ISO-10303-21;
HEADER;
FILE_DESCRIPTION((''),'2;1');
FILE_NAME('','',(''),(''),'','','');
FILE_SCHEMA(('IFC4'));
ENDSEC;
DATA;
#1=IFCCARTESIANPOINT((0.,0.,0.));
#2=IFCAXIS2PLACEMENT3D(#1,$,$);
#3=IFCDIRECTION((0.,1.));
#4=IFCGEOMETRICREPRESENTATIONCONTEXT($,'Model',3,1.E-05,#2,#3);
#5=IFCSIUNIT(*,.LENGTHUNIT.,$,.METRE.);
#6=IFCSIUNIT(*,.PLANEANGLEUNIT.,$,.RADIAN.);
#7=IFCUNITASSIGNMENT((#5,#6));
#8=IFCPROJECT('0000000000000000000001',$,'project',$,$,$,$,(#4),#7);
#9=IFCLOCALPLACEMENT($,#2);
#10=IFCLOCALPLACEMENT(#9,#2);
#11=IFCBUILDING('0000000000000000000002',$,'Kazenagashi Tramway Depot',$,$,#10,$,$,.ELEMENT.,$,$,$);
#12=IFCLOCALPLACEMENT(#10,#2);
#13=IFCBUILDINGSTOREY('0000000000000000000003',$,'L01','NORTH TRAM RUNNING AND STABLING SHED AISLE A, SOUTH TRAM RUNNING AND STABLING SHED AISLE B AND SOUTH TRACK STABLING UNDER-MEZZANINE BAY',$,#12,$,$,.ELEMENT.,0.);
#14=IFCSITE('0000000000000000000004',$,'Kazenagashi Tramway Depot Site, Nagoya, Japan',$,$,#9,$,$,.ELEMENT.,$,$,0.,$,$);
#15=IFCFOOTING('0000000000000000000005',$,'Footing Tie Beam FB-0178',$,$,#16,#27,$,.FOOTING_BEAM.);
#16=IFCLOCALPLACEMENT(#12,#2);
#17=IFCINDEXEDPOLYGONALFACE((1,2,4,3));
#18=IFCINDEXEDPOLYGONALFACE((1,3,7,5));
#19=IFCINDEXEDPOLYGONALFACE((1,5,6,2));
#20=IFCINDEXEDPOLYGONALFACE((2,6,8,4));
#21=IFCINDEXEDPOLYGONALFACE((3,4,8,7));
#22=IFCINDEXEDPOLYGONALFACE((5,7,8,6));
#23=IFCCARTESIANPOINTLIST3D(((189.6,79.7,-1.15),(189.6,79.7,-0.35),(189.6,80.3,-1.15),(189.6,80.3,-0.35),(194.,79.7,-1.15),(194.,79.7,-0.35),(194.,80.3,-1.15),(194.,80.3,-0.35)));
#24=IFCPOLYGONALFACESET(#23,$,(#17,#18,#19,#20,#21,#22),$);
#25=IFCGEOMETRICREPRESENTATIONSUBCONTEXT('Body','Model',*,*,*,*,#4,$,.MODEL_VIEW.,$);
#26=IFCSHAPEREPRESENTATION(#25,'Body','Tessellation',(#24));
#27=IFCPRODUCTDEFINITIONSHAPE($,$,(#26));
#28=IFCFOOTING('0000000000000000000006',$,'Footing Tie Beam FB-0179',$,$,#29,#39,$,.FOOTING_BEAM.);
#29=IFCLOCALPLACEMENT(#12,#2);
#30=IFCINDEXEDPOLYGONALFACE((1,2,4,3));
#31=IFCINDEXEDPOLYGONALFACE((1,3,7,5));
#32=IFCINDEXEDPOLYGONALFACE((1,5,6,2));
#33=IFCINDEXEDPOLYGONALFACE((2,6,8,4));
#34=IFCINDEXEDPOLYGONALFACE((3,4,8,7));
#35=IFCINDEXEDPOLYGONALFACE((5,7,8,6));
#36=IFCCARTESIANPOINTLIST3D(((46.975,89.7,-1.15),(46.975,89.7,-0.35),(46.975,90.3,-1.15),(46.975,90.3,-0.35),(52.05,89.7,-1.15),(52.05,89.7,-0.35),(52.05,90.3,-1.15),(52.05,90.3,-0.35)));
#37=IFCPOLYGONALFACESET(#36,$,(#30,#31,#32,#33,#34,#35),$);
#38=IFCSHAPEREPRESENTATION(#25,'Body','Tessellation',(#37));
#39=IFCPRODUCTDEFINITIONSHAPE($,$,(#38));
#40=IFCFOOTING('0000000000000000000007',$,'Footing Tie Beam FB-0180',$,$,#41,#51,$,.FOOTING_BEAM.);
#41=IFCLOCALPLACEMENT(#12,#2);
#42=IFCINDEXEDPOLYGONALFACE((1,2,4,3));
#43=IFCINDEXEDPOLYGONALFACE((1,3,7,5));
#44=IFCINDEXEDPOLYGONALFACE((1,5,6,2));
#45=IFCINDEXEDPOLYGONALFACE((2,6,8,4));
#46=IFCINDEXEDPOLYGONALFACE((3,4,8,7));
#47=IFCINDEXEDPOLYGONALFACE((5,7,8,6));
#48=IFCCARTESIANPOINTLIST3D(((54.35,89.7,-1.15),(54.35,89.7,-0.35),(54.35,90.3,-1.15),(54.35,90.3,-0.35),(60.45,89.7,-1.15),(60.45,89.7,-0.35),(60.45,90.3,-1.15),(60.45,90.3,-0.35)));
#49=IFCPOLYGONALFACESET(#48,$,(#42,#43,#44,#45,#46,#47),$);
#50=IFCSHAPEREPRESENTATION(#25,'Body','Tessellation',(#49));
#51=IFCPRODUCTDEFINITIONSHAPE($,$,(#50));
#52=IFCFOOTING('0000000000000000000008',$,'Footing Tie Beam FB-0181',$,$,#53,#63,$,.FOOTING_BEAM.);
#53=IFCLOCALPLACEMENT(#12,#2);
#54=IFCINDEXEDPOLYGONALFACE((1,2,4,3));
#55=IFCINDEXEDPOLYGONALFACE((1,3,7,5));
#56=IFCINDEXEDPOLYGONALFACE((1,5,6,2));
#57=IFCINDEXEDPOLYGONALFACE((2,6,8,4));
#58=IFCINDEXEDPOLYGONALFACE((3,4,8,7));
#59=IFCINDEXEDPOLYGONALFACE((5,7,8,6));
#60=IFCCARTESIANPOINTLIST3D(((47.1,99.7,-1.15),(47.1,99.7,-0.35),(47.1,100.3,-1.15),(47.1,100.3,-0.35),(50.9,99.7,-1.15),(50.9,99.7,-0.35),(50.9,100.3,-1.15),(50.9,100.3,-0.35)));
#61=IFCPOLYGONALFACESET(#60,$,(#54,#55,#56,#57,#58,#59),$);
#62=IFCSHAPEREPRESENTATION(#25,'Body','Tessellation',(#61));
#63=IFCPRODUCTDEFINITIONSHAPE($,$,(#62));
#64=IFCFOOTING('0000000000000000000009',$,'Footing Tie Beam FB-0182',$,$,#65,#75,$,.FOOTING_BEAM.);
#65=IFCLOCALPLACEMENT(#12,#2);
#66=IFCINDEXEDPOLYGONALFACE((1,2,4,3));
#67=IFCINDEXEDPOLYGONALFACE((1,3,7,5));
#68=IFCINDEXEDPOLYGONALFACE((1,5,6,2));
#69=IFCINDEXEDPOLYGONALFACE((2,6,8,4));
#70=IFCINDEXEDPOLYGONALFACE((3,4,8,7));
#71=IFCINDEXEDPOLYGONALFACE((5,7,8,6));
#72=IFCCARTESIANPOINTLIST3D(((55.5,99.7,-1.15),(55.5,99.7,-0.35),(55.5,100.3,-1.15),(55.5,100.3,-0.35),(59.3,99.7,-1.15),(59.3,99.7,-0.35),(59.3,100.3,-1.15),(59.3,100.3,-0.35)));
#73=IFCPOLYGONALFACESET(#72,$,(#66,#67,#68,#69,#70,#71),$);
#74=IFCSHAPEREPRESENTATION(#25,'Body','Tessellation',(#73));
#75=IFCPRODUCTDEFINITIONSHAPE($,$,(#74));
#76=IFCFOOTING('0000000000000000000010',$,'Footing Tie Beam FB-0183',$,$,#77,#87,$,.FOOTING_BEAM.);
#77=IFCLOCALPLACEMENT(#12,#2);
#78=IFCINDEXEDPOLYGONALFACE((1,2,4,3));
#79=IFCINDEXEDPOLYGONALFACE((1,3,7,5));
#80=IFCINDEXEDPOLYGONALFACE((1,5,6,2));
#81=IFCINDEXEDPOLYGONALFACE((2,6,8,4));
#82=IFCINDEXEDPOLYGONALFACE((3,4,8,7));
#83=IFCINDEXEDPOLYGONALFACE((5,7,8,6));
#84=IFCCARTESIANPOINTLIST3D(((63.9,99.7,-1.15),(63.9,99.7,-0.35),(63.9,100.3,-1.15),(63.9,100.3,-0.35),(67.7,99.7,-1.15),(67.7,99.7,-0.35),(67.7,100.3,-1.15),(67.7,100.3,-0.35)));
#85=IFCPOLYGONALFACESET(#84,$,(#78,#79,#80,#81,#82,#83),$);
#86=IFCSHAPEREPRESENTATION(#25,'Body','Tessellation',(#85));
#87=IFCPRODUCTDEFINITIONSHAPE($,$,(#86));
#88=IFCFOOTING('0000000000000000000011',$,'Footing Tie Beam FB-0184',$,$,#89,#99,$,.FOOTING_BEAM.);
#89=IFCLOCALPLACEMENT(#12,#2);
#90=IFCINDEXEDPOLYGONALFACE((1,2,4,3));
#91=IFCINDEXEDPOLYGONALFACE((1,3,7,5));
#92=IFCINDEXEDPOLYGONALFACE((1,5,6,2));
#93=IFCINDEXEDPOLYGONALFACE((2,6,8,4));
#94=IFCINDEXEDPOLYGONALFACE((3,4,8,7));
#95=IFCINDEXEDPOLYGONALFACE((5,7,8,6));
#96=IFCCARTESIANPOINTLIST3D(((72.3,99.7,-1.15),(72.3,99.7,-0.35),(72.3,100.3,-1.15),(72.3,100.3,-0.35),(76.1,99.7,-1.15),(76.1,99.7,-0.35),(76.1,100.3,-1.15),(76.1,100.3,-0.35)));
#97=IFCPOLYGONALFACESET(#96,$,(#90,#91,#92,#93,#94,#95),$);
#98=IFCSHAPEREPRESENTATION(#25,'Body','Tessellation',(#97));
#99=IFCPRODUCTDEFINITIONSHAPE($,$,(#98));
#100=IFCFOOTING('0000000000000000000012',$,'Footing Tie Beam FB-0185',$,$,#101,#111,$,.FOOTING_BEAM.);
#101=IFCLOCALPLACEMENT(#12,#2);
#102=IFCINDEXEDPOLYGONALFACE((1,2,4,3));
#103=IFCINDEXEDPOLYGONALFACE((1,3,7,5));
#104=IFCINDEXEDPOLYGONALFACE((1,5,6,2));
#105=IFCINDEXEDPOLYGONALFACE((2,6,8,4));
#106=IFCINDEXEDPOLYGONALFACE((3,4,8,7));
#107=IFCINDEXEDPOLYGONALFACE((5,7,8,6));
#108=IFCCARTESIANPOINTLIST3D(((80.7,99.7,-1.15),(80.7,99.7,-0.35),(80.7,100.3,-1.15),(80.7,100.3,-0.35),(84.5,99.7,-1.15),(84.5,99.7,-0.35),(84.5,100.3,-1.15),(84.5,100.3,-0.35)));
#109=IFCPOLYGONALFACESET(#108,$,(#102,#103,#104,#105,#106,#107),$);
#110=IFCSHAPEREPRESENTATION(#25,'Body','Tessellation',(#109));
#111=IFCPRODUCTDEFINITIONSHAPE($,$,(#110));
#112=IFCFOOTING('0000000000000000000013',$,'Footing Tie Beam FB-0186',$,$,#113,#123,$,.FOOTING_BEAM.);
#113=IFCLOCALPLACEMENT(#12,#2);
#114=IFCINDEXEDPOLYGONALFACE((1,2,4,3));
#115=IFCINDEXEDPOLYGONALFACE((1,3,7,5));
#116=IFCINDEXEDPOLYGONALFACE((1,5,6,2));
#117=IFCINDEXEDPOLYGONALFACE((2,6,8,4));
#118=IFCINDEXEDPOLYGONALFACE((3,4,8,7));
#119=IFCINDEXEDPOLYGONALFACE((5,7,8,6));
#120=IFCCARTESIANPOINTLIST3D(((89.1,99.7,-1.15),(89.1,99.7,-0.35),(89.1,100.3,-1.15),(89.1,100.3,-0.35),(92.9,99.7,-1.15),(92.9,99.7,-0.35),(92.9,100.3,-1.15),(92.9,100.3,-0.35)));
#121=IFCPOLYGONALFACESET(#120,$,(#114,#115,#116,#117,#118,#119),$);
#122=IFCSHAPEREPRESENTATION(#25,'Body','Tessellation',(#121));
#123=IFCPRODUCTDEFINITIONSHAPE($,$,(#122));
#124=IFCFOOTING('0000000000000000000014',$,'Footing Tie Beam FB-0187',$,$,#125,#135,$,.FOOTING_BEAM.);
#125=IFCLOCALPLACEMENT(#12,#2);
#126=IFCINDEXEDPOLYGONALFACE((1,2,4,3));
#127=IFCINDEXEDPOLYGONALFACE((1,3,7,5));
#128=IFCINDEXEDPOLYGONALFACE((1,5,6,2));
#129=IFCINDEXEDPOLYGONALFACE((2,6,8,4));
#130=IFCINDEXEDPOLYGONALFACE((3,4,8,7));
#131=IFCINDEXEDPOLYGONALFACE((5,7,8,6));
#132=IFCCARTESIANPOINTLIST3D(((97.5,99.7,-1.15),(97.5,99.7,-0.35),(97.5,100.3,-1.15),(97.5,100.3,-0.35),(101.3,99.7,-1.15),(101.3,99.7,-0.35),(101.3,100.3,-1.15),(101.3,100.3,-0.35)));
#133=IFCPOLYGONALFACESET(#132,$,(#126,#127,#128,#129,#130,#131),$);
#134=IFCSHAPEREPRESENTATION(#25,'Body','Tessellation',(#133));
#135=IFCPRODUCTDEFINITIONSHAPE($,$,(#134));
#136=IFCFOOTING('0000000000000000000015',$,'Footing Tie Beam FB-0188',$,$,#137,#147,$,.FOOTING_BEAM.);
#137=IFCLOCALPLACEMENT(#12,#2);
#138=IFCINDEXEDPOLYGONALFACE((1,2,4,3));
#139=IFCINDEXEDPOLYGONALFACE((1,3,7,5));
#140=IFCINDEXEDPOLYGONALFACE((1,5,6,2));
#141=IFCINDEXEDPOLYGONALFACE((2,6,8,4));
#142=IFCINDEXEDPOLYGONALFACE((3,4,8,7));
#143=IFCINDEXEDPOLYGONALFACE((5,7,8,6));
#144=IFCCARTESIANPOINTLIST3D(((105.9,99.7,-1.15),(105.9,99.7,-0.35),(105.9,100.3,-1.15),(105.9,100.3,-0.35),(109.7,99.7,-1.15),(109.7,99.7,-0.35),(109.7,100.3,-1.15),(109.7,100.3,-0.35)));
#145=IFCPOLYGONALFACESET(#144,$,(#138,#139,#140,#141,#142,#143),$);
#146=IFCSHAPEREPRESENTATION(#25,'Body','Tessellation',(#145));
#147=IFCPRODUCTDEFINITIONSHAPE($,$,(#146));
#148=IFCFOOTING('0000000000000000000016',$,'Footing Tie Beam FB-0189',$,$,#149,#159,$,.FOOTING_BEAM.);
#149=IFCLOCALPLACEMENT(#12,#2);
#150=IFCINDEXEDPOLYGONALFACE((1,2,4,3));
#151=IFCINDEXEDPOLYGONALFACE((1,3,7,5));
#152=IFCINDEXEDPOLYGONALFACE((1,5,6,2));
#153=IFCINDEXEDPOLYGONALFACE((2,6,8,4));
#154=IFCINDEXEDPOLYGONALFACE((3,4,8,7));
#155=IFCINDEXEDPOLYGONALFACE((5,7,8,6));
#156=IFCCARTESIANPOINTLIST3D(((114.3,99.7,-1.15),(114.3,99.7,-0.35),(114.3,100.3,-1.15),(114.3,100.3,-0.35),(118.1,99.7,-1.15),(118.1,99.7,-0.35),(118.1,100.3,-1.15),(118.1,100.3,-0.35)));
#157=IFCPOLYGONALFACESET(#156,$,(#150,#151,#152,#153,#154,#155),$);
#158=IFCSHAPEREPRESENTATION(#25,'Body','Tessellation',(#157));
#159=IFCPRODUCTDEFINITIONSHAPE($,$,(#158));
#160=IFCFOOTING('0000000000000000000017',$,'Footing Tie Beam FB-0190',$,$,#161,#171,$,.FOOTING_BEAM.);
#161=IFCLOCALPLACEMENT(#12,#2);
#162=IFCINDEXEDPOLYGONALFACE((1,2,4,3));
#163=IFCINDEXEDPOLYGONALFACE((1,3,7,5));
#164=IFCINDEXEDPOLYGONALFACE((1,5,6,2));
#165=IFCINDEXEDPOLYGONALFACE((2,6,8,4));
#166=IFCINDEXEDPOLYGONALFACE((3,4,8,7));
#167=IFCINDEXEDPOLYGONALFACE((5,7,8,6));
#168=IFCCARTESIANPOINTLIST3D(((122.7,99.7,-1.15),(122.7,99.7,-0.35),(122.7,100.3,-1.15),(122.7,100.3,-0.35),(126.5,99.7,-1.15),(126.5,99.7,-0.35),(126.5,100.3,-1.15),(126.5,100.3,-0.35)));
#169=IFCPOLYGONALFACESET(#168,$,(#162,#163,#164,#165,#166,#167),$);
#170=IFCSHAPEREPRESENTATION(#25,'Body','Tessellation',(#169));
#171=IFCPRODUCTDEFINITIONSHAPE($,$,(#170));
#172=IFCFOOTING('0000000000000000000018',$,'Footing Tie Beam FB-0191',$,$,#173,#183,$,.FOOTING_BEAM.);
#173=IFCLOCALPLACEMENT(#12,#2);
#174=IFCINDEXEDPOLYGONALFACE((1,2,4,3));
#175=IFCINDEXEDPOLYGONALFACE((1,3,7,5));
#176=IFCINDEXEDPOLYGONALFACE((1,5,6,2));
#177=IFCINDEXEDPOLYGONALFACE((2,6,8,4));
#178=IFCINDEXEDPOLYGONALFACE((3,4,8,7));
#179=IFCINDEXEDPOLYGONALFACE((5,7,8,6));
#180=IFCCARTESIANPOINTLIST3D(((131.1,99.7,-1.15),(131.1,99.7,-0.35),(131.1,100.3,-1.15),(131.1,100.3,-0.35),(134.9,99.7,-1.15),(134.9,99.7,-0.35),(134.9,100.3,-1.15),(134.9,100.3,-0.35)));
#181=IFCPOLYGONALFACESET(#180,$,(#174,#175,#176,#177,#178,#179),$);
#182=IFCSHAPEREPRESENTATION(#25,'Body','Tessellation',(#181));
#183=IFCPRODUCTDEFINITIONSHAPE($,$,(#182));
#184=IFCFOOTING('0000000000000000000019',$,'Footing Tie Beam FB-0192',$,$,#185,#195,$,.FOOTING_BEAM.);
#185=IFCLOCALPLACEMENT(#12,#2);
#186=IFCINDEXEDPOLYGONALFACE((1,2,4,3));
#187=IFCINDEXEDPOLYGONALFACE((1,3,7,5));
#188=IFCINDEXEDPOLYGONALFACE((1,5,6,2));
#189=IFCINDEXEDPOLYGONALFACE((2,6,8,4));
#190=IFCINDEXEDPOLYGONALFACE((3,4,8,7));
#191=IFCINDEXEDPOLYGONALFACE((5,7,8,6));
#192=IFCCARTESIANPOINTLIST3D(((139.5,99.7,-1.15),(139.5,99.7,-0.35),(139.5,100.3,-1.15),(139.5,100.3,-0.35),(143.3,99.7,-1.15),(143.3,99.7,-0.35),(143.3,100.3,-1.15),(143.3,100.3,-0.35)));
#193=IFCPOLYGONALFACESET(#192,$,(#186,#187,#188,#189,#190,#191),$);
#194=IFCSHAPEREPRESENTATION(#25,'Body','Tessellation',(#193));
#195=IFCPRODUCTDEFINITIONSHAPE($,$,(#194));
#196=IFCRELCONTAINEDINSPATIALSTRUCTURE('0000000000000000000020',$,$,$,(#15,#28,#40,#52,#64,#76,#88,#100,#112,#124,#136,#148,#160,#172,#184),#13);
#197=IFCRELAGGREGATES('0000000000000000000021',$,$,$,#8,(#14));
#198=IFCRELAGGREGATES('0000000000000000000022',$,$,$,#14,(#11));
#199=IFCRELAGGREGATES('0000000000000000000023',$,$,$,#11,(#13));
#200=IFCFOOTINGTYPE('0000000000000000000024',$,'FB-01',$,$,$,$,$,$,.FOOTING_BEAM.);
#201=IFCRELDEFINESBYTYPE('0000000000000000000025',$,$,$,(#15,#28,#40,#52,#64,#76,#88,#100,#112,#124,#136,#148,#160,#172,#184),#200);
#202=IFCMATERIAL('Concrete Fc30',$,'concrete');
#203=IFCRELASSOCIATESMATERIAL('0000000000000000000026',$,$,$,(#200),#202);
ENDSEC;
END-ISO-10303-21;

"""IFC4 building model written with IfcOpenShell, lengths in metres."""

from ifc_helpers import new_model, si_unit, direction, frame, origin, place, context, subcontext, project, spatial, polyline, outline, extrude, material, type_object, element, save


model = new_model("IFC4")

# Units and contexts
model_context = context("Model", 3, precision=1e-05, world=origin(), true_north=direction((0.0, 1.0)))
body_context = subcontext(model_context, "Body", "Model", "MODEL_VIEW")
ifc_project = project(units=[si_unit("LENGTHUNIT", "METRE"), si_unit("PLANEANGLEUNIT", "RADIAN")], contexts=[model_context])

# Site, building, storey
site_placement = place(None, origin())
site = spatial("IfcSite", under=ifc_project, at=site_placement, Name="Kazenagashi Tramway Depot Site, Nagoya, Japan", CompositionType="ELEMENT", RefElevation=0.0)
building_placement = place(site_placement, origin())
building = spatial("IfcBuilding", under=site, at=building_placement, Name="Kazenagashi Tramway Depot", CompositionType="ELEMENT")
storey_placement = place(building_placement, origin())
storey = spatial("IfcBuildingStorey", under=building, at=storey_placement, Name="L01", Description="NORTH TRAM RUNNING AND STABLING SHED AISLE A, SOUTH TRAM RUNNING AND STABLING SHED AISLE B AND SOUTH TRACK STABLING UNDER-MEZZANINE BAY", CompositionType="ELEMENT", Elevation=0.0)

# Footings
ifc_material = material(Name="Concrete Fc30", Category="concrete")
footing_type = type_object("IfcFootingType", Name="FB-01", PredefinedType="FOOTING_BEAM", material=ifc_material)
footing_1_placement = place(storey_placement, frame((0.0, 0.0, -1.15)))
element("IfcFooting", 1, at=footing_1_placement, inside=storey, type_object=footing_type, Name="Footing Tie Beam FB-0178", PredefinedType="FOOTING_BEAM", context=body_context, shape_type="SweptSolid", body=[
    extrude(outline(polyline([(189.6, 79.7), (194.0, 79.7), (194.0, 80.3), (189.6, 80.3), (189.6, 79.7)])), origin(), (0.0, 0.0, 1.0), 0.8),
])
footing_2_placement = place(storey_placement, frame((0.0, 0.0, -1.15)))
element("IfcFooting", 2, at=footing_2_placement, inside=storey, type_object=footing_type, Name="Footing Tie Beam FB-0179", PredefinedType="FOOTING_BEAM", context=body_context, shape_type="SweptSolid", body=[
    extrude(outline(polyline([(46.975, 89.7), (52.05, 89.7), (52.05, 90.3), (46.975, 90.3), (46.975, 89.7)])), origin(), (0.0, 0.0, 1.0), 0.8),
])
footing_3_placement = place(storey_placement, frame((0.0, 0.0, -1.15)))
element("IfcFooting", 3, at=footing_3_placement, inside=storey, type_object=footing_type, Name="Footing Tie Beam FB-0180", PredefinedType="FOOTING_BEAM", context=body_context, shape_type="SweptSolid", body=[
    extrude(outline(polyline([(54.35, 89.7), (60.45, 89.7), (60.45, 90.3), (54.35, 90.3), (54.35, 89.7)])), origin(), (0.0, 0.0, 1.0), 0.8),
])
footing_4_placement = place(storey_placement, frame((0.0, 0.0, -1.15)))
element("IfcFooting", 4, at=footing_4_placement, inside=storey, type_object=footing_type, Name="Footing Tie Beam FB-0181", PredefinedType="FOOTING_BEAM", context=body_context, shape_type="SweptSolid", body=[
    extrude(outline(polyline([(47.1, 99.7), (50.9, 99.7), (50.9, 100.3), (47.1, 100.3), (47.1, 99.7)])), origin(), (0.0, 0.0, 1.0), 0.8),
])
footing_5_placement = place(storey_placement, frame((0.0, 0.0, -1.15)))
element("IfcFooting", 5, at=footing_5_placement, inside=storey, type_object=footing_type, Name="Footing Tie Beam FB-0182", PredefinedType="FOOTING_BEAM", context=body_context, shape_type="SweptSolid", body=[
    extrude(outline(polyline([(55.5, 99.7), (59.3, 99.7), (59.3, 100.3), (55.5, 100.3), (55.5, 99.7)])), origin(), (0.0, 0.0, 1.0), 0.8),
])
footing_6_placement = place(storey_placement, frame((0.0, 0.0, -1.15)))
element("IfcFooting", 6, at=footing_6_placement, inside=storey, type_object=footing_type, Name="Footing Tie Beam FB-0183", PredefinedType="FOOTING_BEAM", context=body_context, shape_type="SweptSolid", body=[
    extrude(outline(polyline([(63.9, 99.7), (67.7, 99.7), (67.7, 100.3), (63.9, 100.3), (63.9, 99.7)])), origin(), (0.0, 0.0, 1.0), 0.8),
])
footing_7_placement = place(storey_placement, frame((0.0, 0.0, -1.15)))
element("IfcFooting", 7, at=footing_7_placement, inside=storey, type_object=footing_type, Name="Footing Tie Beam FB-0184", PredefinedType="FOOTING_BEAM", context=body_context, shape_type="SweptSolid", body=[
    extrude(outline(polyline([(72.3, 99.7), (76.1, 99.7), (76.1, 100.3), (72.3, 100.3), (72.3, 99.7)])), origin(), (0.0, 0.0, 1.0), 0.8),
])
footing_8_placement = place(storey_placement, frame((0.0, 0.0, -1.15)))
element("IfcFooting", 8, at=footing_8_placement, inside=storey, type_object=footing_type, Name="Footing Tie Beam FB-0185", PredefinedType="FOOTING_BEAM", context=body_context, shape_type="SweptSolid", body=[
    extrude(outline(polyline([(80.7, 99.7), (84.5, 99.7), (84.5, 100.3), (80.7, 100.3), (80.7, 99.7)])), origin(), (0.0, 0.0, 1.0), 0.8),
])
footing_9_placement = place(storey_placement, frame((0.0, 0.0, -1.15)))
element("IfcFooting", 9, at=footing_9_placement, inside=storey, type_object=footing_type, Name="Footing Tie Beam FB-0186", PredefinedType="FOOTING_BEAM", context=body_context, shape_type="SweptSolid", body=[
    extrude(outline(polyline([(89.1, 99.7), (92.9, 99.7), (92.9, 100.3), (89.1, 100.3), (89.1, 99.7)])), origin(), (0.0, 0.0, 1.0), 0.8),
])
footing_10_placement = place(storey_placement, frame((0.0, 0.0, -1.15)))
element("IfcFooting", 10, at=footing_10_placement, inside=storey, type_object=footing_type, Name="Footing Tie Beam FB-0187", PredefinedType="FOOTING_BEAM", context=body_context, shape_type="SweptSolid", body=[
    extrude(outline(polyline([(97.5, 99.7), (101.3, 99.7), (101.3, 100.3), (97.5, 100.3), (97.5, 99.7)])), origin(), (0.0, 0.0, 1.0), 0.8),
])
footing_11_placement = place(storey_placement, frame((0.0, 0.0, -1.15)))
element("IfcFooting", 11, at=footing_11_placement, inside=storey, type_object=footing_type, Name="Footing Tie Beam FB-0188", PredefinedType="FOOTING_BEAM", context=body_context, shape_type="SweptSolid", body=[
    extrude(outline(polyline([(105.9, 99.7), (109.7, 99.7), (109.7, 100.3), (105.9, 100.3), (105.9, 99.7)])), origin(), (0.0, 0.0, 1.0), 0.8),
])
footing_12_placement = place(storey_placement, frame((0.0, 0.0, -1.15)))
element("IfcFooting", 12, at=footing_12_placement, inside=storey, type_object=footing_type, Name="Footing Tie Beam FB-0189", PredefinedType="FOOTING_BEAM", context=body_context, shape_type="SweptSolid", body=[
    extrude(outline(polyline([(114.3, 99.7), (118.1, 99.7), (118.1, 100.3), (114.3, 100.3), (114.3, 99.7)])), origin(), (0.0, 0.0, 1.0), 0.8),
])
footing_13_placement = place(storey_placement, frame((0.0, 0.0, -1.15)))
element("IfcFooting", 13, at=footing_13_placement, inside=storey, type_object=footing_type, Name="Footing Tie Beam FB-0190", PredefinedType="FOOTING_BEAM", context=body_context, shape_type="SweptSolid", body=[
    extrude(outline(polyline([(122.7, 99.7), (126.5, 99.7), (126.5, 100.3), (122.7, 100.3), (122.7, 99.7)])), origin(), (0.0, 0.0, 1.0), 0.8),
])
footing_14_placement = place(storey_placement, frame((0.0, 0.0, -1.15)))
element("IfcFooting", 14, at=footing_14_placement, inside=storey, type_object=footing_type, Name="Footing Tie Beam FB-0191", PredefinedType="FOOTING_BEAM", context=body_context, shape_type="SweptSolid", body=[
    extrude(outline(polyline([(131.1, 99.7), (134.9, 99.7), (134.9, 100.3), (131.1, 100.3), (131.1, 99.7)])), origin(), (0.0, 0.0, 1.0), 0.8),
])
footing_15_placement = place(storey_placement, frame((0.0, 0.0, -1.15)))
element("IfcFooting", 15, at=footing_15_placement, inside=storey, type_object=footing_type, Name="Footing Tie Beam FB-0192", PredefinedType="FOOTING_BEAM", context=body_context, shape_type="SweptSolid", body=[
    extrude(outline(polyline([(139.5, 99.7), (143.3, 99.7), (143.3, 100.3), (139.5, 100.3), (139.5, 99.7)])), origin(), (0.0, 0.0, 1.0), 0.8),
])

save(model, "model.ifc")
